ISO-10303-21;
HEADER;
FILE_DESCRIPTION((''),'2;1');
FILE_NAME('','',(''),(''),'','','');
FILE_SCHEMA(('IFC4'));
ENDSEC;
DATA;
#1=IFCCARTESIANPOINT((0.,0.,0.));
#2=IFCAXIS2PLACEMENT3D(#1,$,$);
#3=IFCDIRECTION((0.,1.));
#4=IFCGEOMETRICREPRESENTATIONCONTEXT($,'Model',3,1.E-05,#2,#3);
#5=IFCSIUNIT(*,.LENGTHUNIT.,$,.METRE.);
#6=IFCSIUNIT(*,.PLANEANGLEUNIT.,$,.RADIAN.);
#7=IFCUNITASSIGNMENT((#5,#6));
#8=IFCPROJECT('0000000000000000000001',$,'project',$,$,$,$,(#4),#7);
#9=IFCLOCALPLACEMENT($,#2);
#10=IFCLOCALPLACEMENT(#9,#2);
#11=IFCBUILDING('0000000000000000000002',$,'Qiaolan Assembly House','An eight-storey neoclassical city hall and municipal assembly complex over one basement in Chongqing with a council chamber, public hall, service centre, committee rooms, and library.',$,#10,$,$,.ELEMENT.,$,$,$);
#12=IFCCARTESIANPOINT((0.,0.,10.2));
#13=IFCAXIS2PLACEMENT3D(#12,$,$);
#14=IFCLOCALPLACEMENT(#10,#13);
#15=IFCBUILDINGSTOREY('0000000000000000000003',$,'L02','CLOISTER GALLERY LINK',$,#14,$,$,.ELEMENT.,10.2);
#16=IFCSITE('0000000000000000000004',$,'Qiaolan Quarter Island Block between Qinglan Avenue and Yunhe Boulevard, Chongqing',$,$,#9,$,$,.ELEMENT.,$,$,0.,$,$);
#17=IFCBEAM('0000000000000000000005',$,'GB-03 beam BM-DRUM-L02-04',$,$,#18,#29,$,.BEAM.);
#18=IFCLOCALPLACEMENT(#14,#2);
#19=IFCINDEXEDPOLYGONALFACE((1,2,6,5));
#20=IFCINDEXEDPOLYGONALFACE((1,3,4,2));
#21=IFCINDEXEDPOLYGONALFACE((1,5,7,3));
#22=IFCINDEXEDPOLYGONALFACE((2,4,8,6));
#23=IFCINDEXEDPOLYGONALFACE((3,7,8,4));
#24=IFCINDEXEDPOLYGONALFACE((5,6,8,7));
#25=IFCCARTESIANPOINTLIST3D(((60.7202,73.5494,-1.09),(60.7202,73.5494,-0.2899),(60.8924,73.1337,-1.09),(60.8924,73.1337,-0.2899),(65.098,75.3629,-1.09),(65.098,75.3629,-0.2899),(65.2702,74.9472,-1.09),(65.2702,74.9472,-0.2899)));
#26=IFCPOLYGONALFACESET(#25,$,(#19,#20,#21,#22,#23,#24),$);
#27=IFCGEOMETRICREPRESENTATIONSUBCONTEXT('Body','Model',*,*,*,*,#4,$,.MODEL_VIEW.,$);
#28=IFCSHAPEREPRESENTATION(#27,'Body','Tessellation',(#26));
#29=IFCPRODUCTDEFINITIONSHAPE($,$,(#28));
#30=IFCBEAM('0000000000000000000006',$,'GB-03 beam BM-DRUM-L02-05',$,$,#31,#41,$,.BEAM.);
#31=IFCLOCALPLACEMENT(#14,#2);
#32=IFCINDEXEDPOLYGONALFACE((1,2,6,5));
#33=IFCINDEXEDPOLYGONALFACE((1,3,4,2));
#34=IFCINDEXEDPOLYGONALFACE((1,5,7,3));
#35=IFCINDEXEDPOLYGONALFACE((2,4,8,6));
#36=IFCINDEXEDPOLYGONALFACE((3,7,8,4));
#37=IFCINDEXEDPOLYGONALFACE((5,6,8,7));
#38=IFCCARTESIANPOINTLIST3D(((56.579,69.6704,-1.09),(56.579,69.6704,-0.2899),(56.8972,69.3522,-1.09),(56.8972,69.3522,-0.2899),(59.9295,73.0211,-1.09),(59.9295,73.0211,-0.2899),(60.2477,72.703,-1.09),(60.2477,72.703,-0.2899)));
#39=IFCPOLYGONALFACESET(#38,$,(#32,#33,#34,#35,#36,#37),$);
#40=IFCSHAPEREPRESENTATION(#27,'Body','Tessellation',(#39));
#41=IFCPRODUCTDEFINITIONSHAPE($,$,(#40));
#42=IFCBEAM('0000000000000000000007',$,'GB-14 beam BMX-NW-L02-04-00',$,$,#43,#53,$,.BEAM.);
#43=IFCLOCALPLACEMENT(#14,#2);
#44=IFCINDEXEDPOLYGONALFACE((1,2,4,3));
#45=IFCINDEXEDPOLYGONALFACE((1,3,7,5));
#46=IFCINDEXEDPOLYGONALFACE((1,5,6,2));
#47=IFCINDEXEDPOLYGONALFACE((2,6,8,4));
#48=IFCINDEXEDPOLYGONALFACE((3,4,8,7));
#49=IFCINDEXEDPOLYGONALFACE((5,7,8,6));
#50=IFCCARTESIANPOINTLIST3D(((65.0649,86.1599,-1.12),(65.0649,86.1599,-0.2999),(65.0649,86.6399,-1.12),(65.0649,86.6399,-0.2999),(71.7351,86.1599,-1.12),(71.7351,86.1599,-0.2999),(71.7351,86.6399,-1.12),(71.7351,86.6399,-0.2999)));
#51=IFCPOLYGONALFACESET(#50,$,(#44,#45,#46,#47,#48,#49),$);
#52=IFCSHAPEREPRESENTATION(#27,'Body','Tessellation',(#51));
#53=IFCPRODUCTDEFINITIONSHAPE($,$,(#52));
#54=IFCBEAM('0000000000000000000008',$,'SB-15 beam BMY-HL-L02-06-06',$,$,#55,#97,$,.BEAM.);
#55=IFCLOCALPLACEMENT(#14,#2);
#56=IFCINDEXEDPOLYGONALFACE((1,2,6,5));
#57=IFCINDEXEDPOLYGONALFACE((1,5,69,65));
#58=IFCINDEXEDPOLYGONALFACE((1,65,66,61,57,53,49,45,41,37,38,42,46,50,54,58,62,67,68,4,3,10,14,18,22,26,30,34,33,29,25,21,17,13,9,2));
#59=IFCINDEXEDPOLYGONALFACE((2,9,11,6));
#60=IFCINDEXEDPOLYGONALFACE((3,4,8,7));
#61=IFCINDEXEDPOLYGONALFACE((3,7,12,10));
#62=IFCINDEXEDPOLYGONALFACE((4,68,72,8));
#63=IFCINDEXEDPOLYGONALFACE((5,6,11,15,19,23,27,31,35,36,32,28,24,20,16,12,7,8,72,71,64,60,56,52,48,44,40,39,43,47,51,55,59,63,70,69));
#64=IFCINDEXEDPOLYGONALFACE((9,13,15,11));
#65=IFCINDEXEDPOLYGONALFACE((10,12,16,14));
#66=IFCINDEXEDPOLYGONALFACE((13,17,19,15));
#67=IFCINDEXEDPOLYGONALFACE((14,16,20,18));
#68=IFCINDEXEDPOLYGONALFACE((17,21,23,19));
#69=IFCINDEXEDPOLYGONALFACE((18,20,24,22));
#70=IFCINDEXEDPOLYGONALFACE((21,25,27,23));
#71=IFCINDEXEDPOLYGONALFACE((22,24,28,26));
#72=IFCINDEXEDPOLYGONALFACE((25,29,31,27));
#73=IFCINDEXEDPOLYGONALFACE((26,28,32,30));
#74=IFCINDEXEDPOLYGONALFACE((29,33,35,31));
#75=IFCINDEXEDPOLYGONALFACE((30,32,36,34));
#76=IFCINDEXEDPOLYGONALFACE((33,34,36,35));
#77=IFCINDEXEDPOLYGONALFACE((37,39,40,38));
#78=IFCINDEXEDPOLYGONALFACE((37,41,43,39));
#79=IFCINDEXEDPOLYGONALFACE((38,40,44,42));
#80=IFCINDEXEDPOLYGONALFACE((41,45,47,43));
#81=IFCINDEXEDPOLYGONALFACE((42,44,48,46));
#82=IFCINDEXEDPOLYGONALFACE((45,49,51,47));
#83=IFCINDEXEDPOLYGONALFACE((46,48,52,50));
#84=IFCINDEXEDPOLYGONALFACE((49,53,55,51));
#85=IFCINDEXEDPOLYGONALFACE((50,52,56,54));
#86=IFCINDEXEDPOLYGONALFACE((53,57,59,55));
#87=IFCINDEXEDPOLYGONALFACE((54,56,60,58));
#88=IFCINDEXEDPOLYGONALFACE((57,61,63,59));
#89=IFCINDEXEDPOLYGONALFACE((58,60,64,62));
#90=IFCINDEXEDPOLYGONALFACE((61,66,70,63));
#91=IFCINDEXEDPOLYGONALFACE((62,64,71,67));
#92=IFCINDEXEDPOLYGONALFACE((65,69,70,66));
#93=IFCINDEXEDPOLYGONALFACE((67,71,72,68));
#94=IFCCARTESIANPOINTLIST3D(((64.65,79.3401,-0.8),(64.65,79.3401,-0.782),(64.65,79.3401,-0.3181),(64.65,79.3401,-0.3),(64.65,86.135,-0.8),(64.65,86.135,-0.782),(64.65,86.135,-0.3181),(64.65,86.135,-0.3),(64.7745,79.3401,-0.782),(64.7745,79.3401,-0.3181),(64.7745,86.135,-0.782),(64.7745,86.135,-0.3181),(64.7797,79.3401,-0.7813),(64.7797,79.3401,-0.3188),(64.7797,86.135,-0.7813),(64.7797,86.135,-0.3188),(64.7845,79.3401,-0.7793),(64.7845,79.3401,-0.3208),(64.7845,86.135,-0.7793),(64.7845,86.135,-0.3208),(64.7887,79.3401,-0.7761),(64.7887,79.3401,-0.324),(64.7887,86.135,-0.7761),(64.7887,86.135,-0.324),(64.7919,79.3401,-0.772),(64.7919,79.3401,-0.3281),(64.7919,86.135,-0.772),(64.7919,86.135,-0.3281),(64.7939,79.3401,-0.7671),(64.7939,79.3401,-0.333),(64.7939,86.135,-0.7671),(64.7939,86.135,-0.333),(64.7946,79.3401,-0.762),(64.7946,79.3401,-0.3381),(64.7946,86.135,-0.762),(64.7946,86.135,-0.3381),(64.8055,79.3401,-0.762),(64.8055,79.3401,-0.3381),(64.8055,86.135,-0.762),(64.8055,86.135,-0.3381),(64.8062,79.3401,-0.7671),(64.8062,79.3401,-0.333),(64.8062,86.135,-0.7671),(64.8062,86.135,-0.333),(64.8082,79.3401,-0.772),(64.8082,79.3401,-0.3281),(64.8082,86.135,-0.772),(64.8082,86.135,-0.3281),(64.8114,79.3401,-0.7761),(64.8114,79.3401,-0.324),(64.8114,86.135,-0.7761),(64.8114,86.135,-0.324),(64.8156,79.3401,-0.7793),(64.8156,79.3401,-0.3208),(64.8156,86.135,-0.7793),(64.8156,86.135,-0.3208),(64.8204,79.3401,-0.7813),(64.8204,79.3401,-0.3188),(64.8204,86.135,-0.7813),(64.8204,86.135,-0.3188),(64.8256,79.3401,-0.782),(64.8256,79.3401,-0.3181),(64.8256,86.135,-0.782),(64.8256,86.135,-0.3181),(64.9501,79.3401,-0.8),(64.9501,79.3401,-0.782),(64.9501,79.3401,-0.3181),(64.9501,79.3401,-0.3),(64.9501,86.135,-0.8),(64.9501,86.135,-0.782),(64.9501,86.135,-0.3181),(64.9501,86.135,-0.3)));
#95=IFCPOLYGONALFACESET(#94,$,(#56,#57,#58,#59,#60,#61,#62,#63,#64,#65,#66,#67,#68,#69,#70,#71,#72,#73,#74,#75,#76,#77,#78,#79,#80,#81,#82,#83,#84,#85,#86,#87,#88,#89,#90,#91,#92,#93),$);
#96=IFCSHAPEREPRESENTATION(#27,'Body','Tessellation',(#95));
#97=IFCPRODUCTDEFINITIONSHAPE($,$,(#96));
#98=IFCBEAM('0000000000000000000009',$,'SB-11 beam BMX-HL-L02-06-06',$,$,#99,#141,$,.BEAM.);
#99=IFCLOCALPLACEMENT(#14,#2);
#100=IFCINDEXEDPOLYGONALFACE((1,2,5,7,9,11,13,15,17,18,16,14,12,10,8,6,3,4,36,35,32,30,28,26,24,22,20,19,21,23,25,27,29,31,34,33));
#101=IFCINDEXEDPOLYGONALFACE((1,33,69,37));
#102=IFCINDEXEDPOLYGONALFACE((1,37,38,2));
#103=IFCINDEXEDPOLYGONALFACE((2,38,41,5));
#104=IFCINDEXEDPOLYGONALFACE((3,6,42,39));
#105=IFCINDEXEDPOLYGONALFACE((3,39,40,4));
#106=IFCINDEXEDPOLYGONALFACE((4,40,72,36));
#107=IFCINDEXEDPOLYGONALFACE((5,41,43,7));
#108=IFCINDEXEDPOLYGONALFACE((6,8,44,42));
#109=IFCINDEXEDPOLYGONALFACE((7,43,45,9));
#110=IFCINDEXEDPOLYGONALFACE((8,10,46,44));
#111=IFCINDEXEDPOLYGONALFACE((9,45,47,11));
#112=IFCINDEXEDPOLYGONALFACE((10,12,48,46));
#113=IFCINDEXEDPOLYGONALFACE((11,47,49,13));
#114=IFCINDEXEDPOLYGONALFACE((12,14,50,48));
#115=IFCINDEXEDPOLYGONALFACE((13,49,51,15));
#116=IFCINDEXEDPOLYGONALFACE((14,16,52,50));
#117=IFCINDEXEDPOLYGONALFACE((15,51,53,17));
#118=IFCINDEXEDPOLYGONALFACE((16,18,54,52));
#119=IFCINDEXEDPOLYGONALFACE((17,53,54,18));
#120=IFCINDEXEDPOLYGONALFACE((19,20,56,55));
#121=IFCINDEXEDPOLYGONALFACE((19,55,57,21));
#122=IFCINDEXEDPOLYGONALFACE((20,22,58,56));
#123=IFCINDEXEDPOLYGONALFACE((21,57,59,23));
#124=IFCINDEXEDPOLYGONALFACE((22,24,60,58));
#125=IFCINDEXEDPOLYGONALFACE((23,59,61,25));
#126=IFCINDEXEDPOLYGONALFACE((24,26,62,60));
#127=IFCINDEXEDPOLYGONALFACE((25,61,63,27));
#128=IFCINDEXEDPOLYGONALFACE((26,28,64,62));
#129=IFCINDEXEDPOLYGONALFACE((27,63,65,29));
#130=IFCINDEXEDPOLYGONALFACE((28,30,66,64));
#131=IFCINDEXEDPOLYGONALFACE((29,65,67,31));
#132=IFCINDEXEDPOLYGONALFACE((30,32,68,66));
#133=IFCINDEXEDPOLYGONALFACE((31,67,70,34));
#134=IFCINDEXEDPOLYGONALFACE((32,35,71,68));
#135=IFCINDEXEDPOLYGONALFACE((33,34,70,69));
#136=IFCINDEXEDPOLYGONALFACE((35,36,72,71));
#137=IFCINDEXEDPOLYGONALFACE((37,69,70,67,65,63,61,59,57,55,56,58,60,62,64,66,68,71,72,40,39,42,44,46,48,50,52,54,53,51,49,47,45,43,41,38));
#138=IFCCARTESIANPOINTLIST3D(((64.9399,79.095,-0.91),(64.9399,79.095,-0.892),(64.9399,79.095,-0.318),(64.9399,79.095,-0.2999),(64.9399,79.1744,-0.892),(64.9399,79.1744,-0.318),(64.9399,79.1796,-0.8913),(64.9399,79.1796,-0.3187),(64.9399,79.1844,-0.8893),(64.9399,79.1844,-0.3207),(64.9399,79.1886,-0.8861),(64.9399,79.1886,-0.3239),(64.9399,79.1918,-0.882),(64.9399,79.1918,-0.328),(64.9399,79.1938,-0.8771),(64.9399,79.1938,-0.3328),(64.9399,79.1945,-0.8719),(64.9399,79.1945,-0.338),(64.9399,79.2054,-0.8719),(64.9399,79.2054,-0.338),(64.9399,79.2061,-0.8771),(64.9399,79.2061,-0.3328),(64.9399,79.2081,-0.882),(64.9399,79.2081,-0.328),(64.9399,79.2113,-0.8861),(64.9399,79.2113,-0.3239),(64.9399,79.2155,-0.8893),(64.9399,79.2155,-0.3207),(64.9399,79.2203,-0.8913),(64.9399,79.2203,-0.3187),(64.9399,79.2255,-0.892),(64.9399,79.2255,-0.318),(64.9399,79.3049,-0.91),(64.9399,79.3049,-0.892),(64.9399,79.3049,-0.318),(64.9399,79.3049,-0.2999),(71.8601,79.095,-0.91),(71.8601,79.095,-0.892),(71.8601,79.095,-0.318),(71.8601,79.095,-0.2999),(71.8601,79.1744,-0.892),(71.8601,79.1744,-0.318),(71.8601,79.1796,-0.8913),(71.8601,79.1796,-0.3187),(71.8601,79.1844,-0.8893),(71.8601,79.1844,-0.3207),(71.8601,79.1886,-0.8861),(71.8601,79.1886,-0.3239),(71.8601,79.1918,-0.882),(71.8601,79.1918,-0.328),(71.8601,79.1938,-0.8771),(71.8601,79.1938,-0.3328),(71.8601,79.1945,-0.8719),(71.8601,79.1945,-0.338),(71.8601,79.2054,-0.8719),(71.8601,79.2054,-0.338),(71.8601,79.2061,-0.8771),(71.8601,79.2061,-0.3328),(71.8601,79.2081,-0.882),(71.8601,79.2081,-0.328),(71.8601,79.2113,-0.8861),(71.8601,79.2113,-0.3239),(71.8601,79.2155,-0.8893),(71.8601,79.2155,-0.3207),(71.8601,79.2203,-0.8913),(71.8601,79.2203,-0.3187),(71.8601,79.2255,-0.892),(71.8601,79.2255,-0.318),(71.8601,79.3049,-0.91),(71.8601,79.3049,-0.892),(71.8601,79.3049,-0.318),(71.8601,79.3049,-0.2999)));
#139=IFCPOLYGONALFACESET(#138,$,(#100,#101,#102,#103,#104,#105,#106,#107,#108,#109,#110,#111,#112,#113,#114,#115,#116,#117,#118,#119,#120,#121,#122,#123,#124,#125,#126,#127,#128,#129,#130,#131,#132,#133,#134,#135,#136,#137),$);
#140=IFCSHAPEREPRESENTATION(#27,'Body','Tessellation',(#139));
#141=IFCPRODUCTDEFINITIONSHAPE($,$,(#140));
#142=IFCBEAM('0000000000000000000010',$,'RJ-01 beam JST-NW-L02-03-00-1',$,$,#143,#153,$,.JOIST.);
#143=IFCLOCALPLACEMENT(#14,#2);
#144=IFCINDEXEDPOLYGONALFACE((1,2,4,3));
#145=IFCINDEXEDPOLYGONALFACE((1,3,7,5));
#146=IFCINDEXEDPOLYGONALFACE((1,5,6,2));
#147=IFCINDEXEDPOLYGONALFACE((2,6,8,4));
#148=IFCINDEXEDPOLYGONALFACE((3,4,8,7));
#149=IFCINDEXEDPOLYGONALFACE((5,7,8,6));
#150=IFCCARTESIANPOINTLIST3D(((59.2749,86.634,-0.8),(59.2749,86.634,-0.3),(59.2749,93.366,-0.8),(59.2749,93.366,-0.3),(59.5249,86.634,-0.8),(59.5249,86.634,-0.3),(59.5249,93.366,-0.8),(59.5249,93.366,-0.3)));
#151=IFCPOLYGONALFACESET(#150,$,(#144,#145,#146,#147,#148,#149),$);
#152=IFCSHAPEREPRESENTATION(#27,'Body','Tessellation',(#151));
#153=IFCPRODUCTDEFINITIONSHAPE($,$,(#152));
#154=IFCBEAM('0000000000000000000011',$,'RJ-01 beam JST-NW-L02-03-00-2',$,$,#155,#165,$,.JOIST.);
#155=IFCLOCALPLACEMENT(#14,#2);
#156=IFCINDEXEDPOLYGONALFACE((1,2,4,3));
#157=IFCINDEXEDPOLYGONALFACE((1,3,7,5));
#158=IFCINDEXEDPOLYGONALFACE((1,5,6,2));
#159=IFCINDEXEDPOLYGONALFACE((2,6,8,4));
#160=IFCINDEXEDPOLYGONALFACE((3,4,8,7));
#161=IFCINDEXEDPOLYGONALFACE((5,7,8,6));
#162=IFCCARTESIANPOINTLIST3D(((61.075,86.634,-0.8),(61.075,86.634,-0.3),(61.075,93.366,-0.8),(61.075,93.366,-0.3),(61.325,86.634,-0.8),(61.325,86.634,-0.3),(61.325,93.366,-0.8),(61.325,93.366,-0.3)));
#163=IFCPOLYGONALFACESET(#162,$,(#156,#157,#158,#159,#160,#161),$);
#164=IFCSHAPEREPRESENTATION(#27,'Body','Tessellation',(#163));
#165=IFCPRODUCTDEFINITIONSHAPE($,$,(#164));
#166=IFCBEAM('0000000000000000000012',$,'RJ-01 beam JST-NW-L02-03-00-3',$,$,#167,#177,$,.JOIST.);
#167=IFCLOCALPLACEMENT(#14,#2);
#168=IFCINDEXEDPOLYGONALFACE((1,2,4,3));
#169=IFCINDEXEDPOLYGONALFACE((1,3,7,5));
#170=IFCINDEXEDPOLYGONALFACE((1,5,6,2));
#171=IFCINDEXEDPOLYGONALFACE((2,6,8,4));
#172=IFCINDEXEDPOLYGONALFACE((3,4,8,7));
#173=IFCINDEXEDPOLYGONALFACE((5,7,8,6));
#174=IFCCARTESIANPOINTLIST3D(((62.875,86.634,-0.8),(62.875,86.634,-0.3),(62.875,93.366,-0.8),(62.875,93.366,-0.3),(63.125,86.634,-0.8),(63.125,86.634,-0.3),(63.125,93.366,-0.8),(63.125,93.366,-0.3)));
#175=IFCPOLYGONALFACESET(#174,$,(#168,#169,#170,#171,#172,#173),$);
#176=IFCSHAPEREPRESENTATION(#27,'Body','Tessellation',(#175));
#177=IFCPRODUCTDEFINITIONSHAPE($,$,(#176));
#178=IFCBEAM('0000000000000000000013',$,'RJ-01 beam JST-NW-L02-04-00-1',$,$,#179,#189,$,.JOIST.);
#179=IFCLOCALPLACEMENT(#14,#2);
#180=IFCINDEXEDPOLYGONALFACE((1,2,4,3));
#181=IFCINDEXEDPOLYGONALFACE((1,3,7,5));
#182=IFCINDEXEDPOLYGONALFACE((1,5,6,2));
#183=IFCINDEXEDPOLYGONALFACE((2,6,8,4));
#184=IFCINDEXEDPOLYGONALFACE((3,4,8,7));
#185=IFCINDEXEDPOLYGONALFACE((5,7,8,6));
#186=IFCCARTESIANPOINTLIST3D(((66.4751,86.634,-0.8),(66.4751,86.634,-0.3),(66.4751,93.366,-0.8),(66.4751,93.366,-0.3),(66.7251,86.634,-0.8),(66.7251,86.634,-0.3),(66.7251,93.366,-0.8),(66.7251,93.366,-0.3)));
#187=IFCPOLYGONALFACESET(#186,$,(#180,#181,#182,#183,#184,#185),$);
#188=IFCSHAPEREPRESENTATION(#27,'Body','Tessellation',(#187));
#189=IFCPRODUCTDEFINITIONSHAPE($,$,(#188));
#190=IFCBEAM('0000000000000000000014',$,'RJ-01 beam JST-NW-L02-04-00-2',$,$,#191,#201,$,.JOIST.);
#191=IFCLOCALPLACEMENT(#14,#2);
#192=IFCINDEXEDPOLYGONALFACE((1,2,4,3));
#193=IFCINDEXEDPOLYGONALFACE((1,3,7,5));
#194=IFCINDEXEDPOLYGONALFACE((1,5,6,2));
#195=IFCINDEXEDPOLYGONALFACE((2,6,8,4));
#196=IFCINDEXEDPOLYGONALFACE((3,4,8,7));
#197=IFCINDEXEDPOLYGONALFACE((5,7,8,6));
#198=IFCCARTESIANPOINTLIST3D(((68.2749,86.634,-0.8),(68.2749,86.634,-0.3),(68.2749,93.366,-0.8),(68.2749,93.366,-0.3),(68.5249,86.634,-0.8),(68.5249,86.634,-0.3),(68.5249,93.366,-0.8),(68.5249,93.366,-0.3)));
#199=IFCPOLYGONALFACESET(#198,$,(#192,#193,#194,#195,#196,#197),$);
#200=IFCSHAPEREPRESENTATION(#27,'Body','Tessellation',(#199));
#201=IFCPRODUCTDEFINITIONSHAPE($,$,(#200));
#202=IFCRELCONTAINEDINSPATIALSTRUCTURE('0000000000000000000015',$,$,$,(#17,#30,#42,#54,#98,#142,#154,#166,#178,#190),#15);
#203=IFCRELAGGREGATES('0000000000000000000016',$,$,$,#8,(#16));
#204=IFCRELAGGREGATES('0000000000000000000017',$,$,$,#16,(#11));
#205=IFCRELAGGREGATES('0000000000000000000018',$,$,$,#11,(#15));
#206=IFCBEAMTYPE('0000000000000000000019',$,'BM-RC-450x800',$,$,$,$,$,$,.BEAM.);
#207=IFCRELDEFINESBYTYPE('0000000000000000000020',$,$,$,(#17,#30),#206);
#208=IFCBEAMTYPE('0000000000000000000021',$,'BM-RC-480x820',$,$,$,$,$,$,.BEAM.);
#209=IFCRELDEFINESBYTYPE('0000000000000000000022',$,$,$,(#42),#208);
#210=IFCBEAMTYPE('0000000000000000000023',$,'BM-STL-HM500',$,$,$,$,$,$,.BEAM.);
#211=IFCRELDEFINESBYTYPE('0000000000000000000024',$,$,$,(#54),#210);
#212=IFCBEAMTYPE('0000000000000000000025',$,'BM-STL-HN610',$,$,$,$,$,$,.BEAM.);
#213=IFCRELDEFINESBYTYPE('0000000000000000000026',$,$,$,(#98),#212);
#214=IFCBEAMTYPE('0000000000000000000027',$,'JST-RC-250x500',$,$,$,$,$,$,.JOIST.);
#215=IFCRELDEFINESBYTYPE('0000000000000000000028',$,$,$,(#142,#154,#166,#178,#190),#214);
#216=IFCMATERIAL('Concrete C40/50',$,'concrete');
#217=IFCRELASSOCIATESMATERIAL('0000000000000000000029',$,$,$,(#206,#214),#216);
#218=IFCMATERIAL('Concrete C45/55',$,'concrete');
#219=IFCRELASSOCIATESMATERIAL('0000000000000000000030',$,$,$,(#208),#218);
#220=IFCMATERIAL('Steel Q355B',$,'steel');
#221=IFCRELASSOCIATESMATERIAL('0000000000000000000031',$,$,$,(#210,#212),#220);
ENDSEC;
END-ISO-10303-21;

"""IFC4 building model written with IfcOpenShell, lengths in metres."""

from ifc_helpers import new_model, si_unit, direction, frame, origin, origin_2d, place, context, subcontext, project, spatial, rectangle, i_section, extrude, material, material_profile, profile_set, type_object, element, save


model = new_model("IFC4")

# Units and contexts
model_context = context("Model", 3, precision=1e-05, world=origin(), true_north=direction((0.0, 1.0)))
body_context = subcontext(model_context, "Body", "Model", "MODEL_VIEW")
ifc_project = project(units=[si_unit("LENGTHUNIT", "METRE"), si_unit("PLANEANGLEUNIT", "RADIAN")], contexts=[model_context])

# Site, building, storey
site_placement = place(None, origin())
site = spatial("IfcSite", under=ifc_project, at=site_placement, Name="Qiaolan Quarter Island Block between Qinglan Avenue and Yunhe Boulevard, Chongqing", CompositionType="ELEMENT", RefElevation=0.0)
building_placement = place(site_placement, origin())
building = spatial("IfcBuilding", under=site, at=building_placement, Name="Qiaolan Assembly House", Description="An eight-storey neoclassical city hall and municipal assembly complex over one basement in Chongqing with a council chamber, public hall, service centre, committee rooms, and library.", CompositionType="ELEMENT")
storey_placement = place(building_placement, frame((0.0, 0.0, 10.2)))
storey = spatial("IfcBuildingStorey", under=building, at=storey_placement, Name="L02", Description="CLOISTER GALLERY LINK", CompositionType="ELEMENT", Elevation=10.2)

# Shared definitions
ifc_material_1 = material(Name="Concrete C45/55", Category="concrete")
ifc_material_2 = material(Name="Steel Q355B", Category="steel")

# Beams
ifc_material_3 = material(Name="Concrete C40/50", Category="concrete")
ifc_material_profile_1 = material_profile(ifc_material_3, rectangle(XDim=0.45, YDim=0.8, at=origin_2d()), Name="RCB 450x800")
ifc_profile_set_1 = profile_set([ifc_material_profile_1], Name="Concrete C40/50")
beam_type_1 = type_object("IfcBeamType", Name="BM-RC-450x800", PredefinedType="BEAM", material=ifc_profile_set_1)
for number, where, z_axis, x_axis, name in (
    (1, (65.1841, 75.155, -0.6899), (-0.923866, -0.382716, 0.0), (0.382716, -0.923866, 0.0), "GB-03 beam BM-DRUM-L02-04"),
    (2, (60.0886, 72.8621, -0.6899), (-0.707081, -0.707133, 0.0), (0.707133, -0.707081, 0.0), "GB-03 beam BM-DRUM-L02-05"),
):
    element("IfcBeam", number, at=place(storey_placement, frame(where, z_axis=z_axis, x_axis=x_axis)), inside=storey, type_object=beam_type_1, Name=name, PredefinedType="BEAM", context=body_context, shape_type="SweptSolid", body=[
        extrude(rectangle(XDim=0.45, YDim=0.8, at=origin_2d()), origin(), (0.0, 0.0, 1.0), 4.7385),
    ])
ifc_material_profile_2 = material_profile(ifc_material_1, rectangle(XDim=0.48, YDim=0.8201, at=origin_2d()), Name="RCB 480x820")
ifc_profile_set_2 = profile_set([ifc_material_profile_2], Name="Concrete C45/55")
beam_type_2 = type_object("IfcBeamType", Name="BM-RC-480x820", PredefinedType="BEAM", material=ifc_profile_set_2)
beam_1_placement = place(storey_placement, frame((65.0649, 86.3999, -0.71), z_axis=(1.0, 0.0, 0.0), x_axis=(0.0, 1.0, 0.0)))
element("IfcBeam", 3, at=beam_1_placement, inside=storey, type_object=beam_type_2, Name="GB-14 beam BMX-NW-L02-04-00", PredefinedType="BEAM", context=body_context, shape_type="SweptSolid", body=[
    extrude(rectangle(XDim=0.48, YDim=0.8201, at=origin_2d()), origin(), (0.0, 0.0, 1.0), 6.6702),
])
ifc_material_profile_3 = material_profile(ifc_material_2, i_section(OverallWidth=0.3, OverallDepth=0.5, WebThickness=0.011, FlangeThickness=0.0181, FilletRadius=0.02, at=origin_2d()), Name="HM 500x300x11x18")
ifc_profile_set_3 = profile_set([ifc_material_profile_3], Name="Steel Q355B")
beam_type_3 = type_object("IfcBeamType", Name="BM-STL-HM500", PredefinedType="BEAM", material=ifc_profile_set_3)
beam_2_placement = place(storey_placement, frame((64.8, 79.3401, -0.55), z_axis=(0.0, 1.0, 0.0), x_axis=(-1.0, 0.0, 0.0)))
element("IfcBeam", 4, at=beam_2_placement, inside=storey, type_object=beam_type_3, Name="SB-15 beam BMY-HL-L02-06-06", PredefinedType="BEAM", context=body_context, shape_type="SweptSolid", body=[
    extrude(i_section(OverallWidth=0.3, OverallDepth=0.5, WebThickness=0.011, FlangeThickness=0.0181, FilletRadius=0.02, at=origin_2d()), origin(), (0.0, 0.0, 1.0), 6.7949),
])
ifc_material_profile_4 = material_profile(ifc_material_2, i_section(OverallWidth=0.21, OverallDepth=0.6101, WebThickness=0.011, FlangeThickness=0.0181, FilletRadius=0.02, at=origin_2d()), Name="HN 610x210x11x18")
ifc_profile_set_4 = profile_set([ifc_material_profile_4], Name="Steel Q355B")
beam_type_4 = type_object("IfcBeamType", Name="BM-STL-HN610", PredefinedType="BEAM", material=ifc_profile_set_4)
beam_3_placement = place(storey_placement, frame((64.9399, 79.2, -0.605), z_axis=(1.0, 0.0, 0.0), x_axis=(0.0, 1.0, 0.0)))
element("IfcBeam", 5, at=beam_3_placement, inside=storey, type_object=beam_type_4, Name="SB-11 beam BMX-HL-L02-06-06", PredefinedType="BEAM", context=body_context, shape_type="SweptSolid", body=[
    extrude(i_section(OverallWidth=0.21, OverallDepth=0.6101, WebThickness=0.011, FlangeThickness=0.0181, FilletRadius=0.02, at=origin_2d()), origin(), (0.0, 0.0, 1.0), 6.9202),
])
ifc_material_profile_5 = material_profile(ifc_material_3, rectangle(XDim=0.25, YDim=0.5, at=origin_2d()), Name="RCB 250x500")
ifc_profile_set_5 = profile_set([ifc_material_profile_5], Name="Concrete C40/50")
beam_type_5 = type_object("IfcBeamType", Name="JST-RC-250x500", PredefinedType="JOIST", material=ifc_profile_set_5)
for number, where, z_axis, x_axis, name in (
    (6, (59.3999, 86.634, -0.55), (0.0, 1.0, 0.0), (-1.0, 0.0, 0.0), "RJ-01 beam JST-NW-L02-03-00-1"),
    (7, (61.2, 86.634, -0.55), (0.0, 1.0, 0.0), (-1.0, 0.0, 0.0), "RJ-01 beam JST-NW-L02-03-00-2"),
    (8, (63.0, 86.634, -0.55), (0.0, 1.0, 0.0), (-1.0, 0.0, 0.0), "RJ-01 beam JST-NW-L02-03-00-3"),
    (9, (66.6001, 86.634, -0.55), (0.0, 1.0, 0.0), (-1.0, 0.0, 0.0), "RJ-01 beam JST-NW-L02-04-00-1"),
    (10, (68.3999, 86.634, -0.55), (0.0, 1.0, 0.0), (-1.0, 0.0, 0.0), "RJ-01 beam JST-NW-L02-04-00-2"),
):
    element("IfcBeam", number, at=place(storey_placement, frame(where, z_axis=z_axis, x_axis=x_axis)), inside=storey, type_object=beam_type_5, Name=name, PredefinedType="JOIST", context=body_context, shape_type="SweptSolid", body=[
        extrude(rectangle(XDim=0.25, YDim=0.5, at=origin_2d()), origin(), (0.0, 0.0, 1.0), 6.7319),
    ])

save(model, "model.ifc")
